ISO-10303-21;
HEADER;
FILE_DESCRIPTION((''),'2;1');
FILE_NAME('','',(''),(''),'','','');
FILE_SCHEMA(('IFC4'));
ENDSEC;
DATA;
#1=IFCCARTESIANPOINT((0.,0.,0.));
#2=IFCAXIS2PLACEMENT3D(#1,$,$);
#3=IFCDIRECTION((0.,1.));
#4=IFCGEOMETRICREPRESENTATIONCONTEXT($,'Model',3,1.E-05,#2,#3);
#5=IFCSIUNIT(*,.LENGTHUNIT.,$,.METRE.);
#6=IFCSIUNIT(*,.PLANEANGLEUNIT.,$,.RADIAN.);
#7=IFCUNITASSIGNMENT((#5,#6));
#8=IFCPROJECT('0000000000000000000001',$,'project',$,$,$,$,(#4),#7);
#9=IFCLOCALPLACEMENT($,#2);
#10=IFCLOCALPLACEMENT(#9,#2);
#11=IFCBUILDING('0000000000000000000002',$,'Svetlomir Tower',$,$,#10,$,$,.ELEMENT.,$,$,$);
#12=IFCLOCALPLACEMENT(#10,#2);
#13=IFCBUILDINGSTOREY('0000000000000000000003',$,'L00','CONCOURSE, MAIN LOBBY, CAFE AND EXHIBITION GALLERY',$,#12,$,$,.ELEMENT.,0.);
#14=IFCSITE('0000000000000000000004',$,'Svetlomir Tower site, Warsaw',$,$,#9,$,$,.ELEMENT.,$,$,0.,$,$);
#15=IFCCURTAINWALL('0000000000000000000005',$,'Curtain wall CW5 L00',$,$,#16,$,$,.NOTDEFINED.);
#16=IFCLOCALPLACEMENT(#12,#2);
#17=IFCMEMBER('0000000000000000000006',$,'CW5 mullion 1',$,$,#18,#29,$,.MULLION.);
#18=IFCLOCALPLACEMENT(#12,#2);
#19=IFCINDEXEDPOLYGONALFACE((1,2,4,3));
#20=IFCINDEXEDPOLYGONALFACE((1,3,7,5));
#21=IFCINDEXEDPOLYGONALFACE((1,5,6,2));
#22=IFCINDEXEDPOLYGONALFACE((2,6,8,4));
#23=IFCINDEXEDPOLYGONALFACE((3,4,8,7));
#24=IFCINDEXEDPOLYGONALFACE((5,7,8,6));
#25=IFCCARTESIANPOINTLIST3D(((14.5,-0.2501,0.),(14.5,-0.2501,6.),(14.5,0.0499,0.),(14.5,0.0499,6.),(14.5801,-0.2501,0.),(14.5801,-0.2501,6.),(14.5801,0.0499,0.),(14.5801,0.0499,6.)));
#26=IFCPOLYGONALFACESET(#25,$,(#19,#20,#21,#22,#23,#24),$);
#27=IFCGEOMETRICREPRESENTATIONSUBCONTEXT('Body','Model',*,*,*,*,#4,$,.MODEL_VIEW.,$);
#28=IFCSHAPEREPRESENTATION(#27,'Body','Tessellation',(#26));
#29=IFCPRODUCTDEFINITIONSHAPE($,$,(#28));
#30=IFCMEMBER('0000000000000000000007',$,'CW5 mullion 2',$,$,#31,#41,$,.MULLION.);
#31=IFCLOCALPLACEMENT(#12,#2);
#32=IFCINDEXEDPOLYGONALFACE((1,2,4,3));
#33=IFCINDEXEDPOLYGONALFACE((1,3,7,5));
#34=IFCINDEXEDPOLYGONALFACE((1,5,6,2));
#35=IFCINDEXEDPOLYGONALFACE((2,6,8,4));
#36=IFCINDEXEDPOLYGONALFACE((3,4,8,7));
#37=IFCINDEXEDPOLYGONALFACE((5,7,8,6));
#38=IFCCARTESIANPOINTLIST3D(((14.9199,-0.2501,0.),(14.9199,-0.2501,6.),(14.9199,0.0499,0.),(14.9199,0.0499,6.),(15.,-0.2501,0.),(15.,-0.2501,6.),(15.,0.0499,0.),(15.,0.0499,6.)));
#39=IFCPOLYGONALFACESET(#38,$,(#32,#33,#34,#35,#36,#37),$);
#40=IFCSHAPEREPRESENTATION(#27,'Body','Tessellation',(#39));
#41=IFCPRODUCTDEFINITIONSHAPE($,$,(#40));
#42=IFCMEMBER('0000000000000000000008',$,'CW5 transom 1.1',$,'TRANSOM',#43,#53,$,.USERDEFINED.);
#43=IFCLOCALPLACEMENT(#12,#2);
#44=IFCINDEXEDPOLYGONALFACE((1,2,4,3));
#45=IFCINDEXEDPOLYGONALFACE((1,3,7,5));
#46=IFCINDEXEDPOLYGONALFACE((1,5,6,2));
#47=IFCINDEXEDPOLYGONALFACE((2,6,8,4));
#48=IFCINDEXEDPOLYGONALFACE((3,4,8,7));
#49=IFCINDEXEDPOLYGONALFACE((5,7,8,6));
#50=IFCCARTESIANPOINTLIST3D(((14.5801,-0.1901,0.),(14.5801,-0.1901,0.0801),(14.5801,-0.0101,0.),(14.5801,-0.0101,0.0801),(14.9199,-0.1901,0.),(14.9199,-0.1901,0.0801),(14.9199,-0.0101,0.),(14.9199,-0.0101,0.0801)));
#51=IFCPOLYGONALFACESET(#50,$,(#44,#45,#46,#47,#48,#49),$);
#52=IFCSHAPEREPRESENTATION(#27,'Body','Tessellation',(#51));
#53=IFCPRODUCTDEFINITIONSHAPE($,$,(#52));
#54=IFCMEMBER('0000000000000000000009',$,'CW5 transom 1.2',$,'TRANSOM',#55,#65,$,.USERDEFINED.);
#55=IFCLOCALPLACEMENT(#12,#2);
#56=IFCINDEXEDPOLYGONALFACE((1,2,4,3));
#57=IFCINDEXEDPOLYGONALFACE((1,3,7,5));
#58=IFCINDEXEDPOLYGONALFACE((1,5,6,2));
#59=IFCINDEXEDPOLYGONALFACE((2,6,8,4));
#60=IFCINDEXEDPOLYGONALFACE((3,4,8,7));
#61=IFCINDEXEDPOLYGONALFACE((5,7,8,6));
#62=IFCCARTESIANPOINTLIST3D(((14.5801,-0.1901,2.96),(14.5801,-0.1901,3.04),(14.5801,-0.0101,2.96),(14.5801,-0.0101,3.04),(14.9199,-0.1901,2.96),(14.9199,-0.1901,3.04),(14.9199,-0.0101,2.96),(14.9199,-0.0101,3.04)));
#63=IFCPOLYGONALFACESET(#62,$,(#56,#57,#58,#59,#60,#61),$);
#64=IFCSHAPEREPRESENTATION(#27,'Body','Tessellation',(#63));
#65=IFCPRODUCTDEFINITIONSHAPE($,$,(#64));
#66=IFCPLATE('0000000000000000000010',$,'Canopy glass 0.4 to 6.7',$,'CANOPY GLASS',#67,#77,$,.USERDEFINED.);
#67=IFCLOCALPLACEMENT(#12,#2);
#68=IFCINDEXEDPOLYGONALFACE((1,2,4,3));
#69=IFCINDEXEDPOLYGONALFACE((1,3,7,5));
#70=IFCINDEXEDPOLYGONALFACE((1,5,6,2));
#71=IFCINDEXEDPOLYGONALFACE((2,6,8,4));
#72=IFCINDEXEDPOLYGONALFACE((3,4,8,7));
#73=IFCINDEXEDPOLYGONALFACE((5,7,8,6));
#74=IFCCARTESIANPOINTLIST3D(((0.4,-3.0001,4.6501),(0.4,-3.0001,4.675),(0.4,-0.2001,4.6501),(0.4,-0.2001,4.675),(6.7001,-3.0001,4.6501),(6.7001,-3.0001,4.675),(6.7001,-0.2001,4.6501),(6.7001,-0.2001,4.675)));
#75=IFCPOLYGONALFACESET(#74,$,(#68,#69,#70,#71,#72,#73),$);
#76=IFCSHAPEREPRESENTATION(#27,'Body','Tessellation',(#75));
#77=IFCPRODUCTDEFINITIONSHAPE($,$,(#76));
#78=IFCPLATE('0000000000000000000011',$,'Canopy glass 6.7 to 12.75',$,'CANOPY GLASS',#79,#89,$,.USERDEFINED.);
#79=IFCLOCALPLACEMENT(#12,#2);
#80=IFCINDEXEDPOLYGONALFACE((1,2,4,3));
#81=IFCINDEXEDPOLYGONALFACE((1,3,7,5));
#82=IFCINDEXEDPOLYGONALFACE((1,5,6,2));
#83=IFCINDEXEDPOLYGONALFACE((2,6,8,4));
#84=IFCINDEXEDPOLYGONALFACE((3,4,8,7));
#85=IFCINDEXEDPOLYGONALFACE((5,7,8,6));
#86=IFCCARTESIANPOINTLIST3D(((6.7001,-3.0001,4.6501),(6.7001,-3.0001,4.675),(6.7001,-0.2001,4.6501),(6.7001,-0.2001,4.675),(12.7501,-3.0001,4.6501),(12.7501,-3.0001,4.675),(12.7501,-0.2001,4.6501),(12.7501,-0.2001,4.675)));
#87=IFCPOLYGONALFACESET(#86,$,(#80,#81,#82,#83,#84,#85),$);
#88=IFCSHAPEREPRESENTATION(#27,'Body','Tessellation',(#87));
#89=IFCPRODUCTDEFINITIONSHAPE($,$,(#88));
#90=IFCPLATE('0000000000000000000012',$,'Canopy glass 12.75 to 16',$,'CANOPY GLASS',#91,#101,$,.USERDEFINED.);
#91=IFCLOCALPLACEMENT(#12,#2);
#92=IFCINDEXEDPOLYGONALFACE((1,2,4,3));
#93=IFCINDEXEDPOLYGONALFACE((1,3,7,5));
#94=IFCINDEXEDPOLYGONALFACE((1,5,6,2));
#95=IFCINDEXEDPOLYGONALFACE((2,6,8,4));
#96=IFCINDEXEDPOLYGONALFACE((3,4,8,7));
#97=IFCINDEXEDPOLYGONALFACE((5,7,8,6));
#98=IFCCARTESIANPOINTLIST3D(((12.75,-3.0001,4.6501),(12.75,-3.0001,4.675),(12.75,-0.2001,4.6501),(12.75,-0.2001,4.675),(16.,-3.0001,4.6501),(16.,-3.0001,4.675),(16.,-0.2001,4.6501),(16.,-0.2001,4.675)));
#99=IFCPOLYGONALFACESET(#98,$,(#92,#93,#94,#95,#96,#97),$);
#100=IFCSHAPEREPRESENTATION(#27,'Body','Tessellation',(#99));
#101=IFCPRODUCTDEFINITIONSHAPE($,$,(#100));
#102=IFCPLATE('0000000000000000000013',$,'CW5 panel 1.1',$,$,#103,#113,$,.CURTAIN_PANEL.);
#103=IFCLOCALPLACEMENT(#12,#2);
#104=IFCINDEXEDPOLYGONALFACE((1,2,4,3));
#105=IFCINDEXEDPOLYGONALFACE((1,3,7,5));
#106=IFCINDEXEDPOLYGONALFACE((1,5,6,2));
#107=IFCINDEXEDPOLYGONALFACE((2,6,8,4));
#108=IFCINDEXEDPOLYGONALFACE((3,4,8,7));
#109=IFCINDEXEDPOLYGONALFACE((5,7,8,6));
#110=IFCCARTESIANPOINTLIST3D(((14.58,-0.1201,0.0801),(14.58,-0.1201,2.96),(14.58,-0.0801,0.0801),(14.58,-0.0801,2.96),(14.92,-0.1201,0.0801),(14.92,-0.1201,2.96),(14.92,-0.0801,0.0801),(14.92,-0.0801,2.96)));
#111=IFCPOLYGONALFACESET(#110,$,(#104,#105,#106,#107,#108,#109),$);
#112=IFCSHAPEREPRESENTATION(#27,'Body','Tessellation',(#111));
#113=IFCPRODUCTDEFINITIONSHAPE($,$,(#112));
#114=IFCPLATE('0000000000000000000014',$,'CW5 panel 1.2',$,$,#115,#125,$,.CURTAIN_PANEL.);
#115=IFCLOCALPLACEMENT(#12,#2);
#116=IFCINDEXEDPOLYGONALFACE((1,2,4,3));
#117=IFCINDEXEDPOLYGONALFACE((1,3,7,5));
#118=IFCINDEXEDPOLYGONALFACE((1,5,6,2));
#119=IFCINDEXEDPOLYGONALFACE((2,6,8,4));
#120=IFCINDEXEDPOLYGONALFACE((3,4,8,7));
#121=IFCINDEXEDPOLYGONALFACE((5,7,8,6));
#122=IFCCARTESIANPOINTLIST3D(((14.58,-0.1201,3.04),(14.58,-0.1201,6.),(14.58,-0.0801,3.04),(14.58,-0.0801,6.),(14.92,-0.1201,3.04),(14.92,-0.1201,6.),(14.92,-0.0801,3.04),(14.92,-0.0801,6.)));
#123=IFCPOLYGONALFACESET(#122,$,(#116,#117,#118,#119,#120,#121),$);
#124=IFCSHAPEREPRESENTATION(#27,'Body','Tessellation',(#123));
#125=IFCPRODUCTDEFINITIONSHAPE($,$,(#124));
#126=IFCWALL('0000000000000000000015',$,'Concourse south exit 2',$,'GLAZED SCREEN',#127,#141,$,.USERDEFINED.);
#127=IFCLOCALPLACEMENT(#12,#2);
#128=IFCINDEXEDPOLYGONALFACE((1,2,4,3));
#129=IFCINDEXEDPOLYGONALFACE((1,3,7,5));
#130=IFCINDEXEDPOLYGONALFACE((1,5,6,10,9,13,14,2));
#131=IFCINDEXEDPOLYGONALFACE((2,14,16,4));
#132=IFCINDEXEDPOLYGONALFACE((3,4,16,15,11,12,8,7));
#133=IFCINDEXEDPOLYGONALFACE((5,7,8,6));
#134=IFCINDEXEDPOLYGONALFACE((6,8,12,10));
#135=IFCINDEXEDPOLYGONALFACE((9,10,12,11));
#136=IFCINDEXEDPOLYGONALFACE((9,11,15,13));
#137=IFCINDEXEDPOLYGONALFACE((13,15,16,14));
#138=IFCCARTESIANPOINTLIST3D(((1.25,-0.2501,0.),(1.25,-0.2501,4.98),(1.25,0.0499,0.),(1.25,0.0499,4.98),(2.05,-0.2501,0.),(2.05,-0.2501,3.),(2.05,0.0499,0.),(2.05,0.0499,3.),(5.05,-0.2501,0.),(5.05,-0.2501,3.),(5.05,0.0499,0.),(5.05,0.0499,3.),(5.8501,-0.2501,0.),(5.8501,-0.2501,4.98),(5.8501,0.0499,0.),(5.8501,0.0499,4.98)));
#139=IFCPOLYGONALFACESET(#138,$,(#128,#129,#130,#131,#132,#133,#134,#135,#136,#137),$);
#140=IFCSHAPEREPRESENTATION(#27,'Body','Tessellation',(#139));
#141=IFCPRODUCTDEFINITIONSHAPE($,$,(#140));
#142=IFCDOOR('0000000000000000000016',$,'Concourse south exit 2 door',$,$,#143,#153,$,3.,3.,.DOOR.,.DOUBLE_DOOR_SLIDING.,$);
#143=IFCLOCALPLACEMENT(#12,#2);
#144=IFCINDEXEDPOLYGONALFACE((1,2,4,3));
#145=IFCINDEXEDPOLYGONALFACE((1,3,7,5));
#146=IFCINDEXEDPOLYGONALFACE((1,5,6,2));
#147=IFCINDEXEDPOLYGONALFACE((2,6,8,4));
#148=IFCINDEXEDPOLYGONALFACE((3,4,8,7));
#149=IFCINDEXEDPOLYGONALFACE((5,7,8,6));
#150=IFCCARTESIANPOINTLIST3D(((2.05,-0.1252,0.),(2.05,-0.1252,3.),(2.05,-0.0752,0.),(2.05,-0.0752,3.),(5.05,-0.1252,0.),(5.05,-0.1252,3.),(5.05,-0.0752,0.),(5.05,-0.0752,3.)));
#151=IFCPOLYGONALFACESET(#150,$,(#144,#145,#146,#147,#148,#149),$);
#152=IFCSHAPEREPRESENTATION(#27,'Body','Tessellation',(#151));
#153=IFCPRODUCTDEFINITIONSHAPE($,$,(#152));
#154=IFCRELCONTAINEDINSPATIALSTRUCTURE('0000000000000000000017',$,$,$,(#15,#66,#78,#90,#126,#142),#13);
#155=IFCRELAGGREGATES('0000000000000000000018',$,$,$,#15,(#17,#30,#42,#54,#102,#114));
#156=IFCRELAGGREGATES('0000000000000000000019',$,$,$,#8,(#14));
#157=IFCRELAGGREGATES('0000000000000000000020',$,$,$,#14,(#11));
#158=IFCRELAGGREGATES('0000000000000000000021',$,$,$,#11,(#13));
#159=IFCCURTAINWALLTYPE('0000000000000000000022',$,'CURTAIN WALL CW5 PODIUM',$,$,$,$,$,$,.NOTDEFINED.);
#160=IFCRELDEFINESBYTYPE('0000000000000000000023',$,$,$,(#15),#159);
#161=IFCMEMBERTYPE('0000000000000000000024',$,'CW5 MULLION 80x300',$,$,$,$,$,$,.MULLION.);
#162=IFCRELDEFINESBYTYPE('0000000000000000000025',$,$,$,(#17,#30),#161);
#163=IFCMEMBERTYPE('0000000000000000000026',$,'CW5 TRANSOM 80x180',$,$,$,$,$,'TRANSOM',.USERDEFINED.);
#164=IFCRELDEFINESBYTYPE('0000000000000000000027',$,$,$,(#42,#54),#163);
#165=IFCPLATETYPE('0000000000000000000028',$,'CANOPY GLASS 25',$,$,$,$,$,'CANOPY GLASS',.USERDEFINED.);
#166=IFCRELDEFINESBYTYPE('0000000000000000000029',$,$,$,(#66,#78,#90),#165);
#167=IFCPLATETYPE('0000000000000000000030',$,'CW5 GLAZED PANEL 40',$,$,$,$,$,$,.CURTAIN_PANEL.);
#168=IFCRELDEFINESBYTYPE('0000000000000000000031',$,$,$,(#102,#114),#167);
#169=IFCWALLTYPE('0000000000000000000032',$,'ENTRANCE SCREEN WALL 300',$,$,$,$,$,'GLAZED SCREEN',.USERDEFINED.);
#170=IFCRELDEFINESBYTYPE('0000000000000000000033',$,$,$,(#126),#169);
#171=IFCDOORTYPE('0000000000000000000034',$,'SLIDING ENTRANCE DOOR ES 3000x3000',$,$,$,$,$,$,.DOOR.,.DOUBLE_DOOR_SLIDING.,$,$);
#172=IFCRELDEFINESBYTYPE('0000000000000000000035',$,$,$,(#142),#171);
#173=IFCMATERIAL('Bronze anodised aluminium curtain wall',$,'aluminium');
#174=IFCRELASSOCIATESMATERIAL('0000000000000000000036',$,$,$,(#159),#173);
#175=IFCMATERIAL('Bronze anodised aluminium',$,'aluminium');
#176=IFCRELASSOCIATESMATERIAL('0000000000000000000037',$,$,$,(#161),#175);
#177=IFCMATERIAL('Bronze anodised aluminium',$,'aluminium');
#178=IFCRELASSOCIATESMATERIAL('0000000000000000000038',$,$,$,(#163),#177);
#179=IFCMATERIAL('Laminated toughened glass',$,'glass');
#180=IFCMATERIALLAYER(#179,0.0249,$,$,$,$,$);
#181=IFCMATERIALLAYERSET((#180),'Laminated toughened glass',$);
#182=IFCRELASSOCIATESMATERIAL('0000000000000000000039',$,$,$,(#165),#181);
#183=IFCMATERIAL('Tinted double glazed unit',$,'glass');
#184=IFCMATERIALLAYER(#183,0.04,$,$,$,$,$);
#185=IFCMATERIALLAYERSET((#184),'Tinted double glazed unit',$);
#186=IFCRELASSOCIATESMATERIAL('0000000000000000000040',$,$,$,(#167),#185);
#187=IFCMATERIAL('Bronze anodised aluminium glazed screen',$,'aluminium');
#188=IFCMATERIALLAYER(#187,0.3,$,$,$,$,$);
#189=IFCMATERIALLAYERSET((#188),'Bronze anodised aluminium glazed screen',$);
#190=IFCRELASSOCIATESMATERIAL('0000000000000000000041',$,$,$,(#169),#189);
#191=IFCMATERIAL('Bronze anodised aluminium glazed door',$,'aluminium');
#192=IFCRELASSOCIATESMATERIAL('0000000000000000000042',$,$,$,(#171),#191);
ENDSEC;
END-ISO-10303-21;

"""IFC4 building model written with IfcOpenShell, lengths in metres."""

from ifc_helpers import new_model, si_unit, direction, frame, frame_2d, origin, origin_2d, place, context, subcontext, project, spatial, rectangle, extrude, material, layer, layer_set, material_profile, profile_set, type_object, element, fill, aggregate, save


model = new_model("IFC4")

# Units and contexts
model_context = context("Model", 3, precision=1e-05, world=origin(), true_north=direction((0.0, 1.0)))
body_context = subcontext(model_context, "Body", "Model", "MODEL_VIEW")
ifc_project = project(units=[si_unit("LENGTHUNIT", "METRE"), si_unit("PLANEANGLEUNIT", "RADIAN")], contexts=[model_context])

# Site, building, storey
site_placement = place(None, origin())
site = spatial("IfcSite", under=ifc_project, at=site_placement, Name="Svetlomir Tower site, Warsaw", CompositionType="ELEMENT", RefElevation=0.0)
building_placement = place(site_placement, origin())
building = spatial("IfcBuilding", under=site, at=building_placement, Name="Svetlomir Tower", CompositionType="ELEMENT")
storey_placement = place(building_placement, origin())
storey = spatial("IfcBuildingStorey", under=building, at=storey_placement, Name="L00", Description="CONCOURSE, MAIN LOBBY, CAFE AND EXHIBITION GALLERY", CompositionType="ELEMENT", Elevation=0.0)

# Curtain wall, members
ifc_material_1 = material(Name="Bronze anodised aluminium curtain wall", Category="aluminium")
curtain_wall_type = type_object("IfcCurtainWallType", Name="CURTAIN WALL CW5 PODIUM", PredefinedType="NOTDEFINED", material=ifc_material_1)
curtain_wall_placement = place(storey_placement, origin())
curtain_wall = element("IfcCurtainWall", 1, at=curtain_wall_placement, inside=storey, type_object=curtain_wall_type, Name="Curtain wall CW5 L00", PredefinedType="NOTDEFINED")
ifc_material_2 = material(Name="Bronze anodised aluminium", Category="aluminium")
ifc_material_profile_1 = material_profile(ifc_material_2, rectangle(XDim=0.0801, YDim=0.3, at=origin_2d()), Name="AL 80x300")
ifc_profile_set_1 = profile_set([ifc_material_profile_1], Name="Bronze anodised aluminium 6063-T6")
member_type_1 = type_object("IfcMemberType", Name="CW5 MULLION 80x300", PredefinedType="MULLION", material=ifc_profile_set_1)
member_1_placement = place(storey_placement, frame((14.54, -0.1001, 0.0), z_axis=(0.0, 0.0, 1.0), x_axis=(1.0, 0.0, 0.0)))
member_1 = element("IfcMember", 2, at=member_1_placement, type_object=member_type_1, Name="CW5 mullion 1", PredefinedType="MULLION", context=body_context, shape_type="SweptSolid", body=[
    extrude(rectangle(XDim=0.0801, YDim=0.3, at=origin_2d()), origin(), (0.0, 0.0, 1.0), 6.0),
])
member_2_placement = place(storey_placement, frame((14.96, -0.1001, 0.0), z_axis=(0.0, 0.0, 1.0), x_axis=(1.0, 0.0, 0.0)))
member_2 = element("IfcMember", 3, at=member_2_placement, type_object=member_type_1, Name="CW5 mullion 2", PredefinedType="MULLION", context=body_context, shape_type="SweptSolid", body=[
    extrude(rectangle(XDim=0.0801, YDim=0.3, at=origin_2d()), origin(), (0.0, 0.0, 1.0), 6.0),
])
ifc_material_3 = material(Name="Bronze anodised aluminium", Category="aluminium")
ifc_material_profile_2 = material_profile(ifc_material_3, rectangle(XDim=0.1799, YDim=0.0801, at=origin_2d()), Name="AL 180x80")
ifc_profile_set_2 = profile_set([ifc_material_profile_2], Name="Bronze anodised aluminium 6063-T6")
member_type_2 = type_object("IfcMemberType", Name="CW5 TRANSOM 80x180", ElementType="TRANSOM", PredefinedType="USERDEFINED", material=ifc_profile_set_2)
member_3_placement = place(storey_placement, frame((14.5801, -0.1001, 0.04), z_axis=(1.0, 0.0, 0.0), x_axis=(0.0, 1.0, 0.0)))
member_3 = element("IfcMember", 4, at=member_3_placement, type_object=member_type_2, Name="CW5 transom 1.1", ObjectType="TRANSOM", PredefinedType="USERDEFINED", context=body_context, shape_type="SweptSolid", body=[
    extrude(rectangle(XDim=0.1799, YDim=0.0801, at=origin_2d()), origin(), (0.0, 0.0, 1.0), 0.3398),
])
member_4_placement = place(storey_placement, frame((14.5801, -0.1001, 3.0), z_axis=(1.0, 0.0, 0.0), x_axis=(0.0, 1.0, 0.0)))
member_4 = element("IfcMember", 5, at=member_4_placement, type_object=member_type_2, Name="CW5 transom 1.2", ObjectType="TRANSOM", PredefinedType="USERDEFINED", context=body_context, shape_type="SweptSolid", body=[
    extrude(rectangle(XDim=0.1799, YDim=0.0801, at=origin_2d()), origin(), (0.0, 0.0, 1.0), 0.3398),
])

# Plates
ifc_material_4 = material(Name="Laminated toughened glass", Category="glass")
ifc_layer_1 = layer(ifc_material_4, 0.0249)
ifc_layer_set_1 = layer_set([ifc_layer_1], Name="Laminated toughened glass")
plate_type_1 = type_object("IfcPlateType", Name="CANOPY GLASS 25", ElementType="CANOPY GLASS", PredefinedType="USERDEFINED", material=ifc_layer_set_1)
plate_1_placement = place(storey_placement, frame((3.55, -1.6001, 4.6501), z_axis=(0.0, 0.0, 1.0), x_axis=(1.0, 0.0, 0.0)))
element("IfcPlate", 6, at=plate_1_placement, inside=storey, type_object=plate_type_1, Name="Canopy glass 0.4 to 6.7", ObjectType="CANOPY GLASS", PredefinedType="USERDEFINED", context=body_context, shape_type="SweptSolid", body=[
    extrude(rectangle(XDim=6.3, YDim=2.8, at=origin_2d()), origin(), (0.0, 0.0, 1.0), 0.0249),
])
plate_2_placement = place(storey_placement, frame((9.7251, -1.6001, 4.6501), z_axis=(0.0, 0.0, 1.0), x_axis=(1.0, 0.0, 0.0)))
element("IfcPlate", 7, at=plate_2_placement, inside=storey, type_object=plate_type_1, Name="Canopy glass 6.7 to 12.75", ObjectType="CANOPY GLASS", PredefinedType="USERDEFINED", context=body_context, shape_type="SweptSolid", body=[
    extrude(rectangle(XDim=6.05, YDim=2.8, at=origin_2d()), origin(), (0.0, 0.0, 1.0), 0.0249),
])
plate_3_placement = place(storey_placement, frame((14.375, -1.6001, 4.6501), z_axis=(0.0, 0.0, 1.0), x_axis=(1.0, 0.0, 0.0)))
element("IfcPlate", 8, at=plate_3_placement, inside=storey, type_object=plate_type_1, Name="Canopy glass 12.75 to 16", ObjectType="CANOPY GLASS", PredefinedType="USERDEFINED", context=body_context, shape_type="SweptSolid", body=[
    extrude(rectangle(XDim=3.25, YDim=2.8, at=origin_2d()), origin(), (0.0, 0.0, 1.0), 0.0249),
])

# Plates
ifc_material_5 = material(Name="Tinted double glazed unit", Category="glass")
ifc_layer_2 = layer(ifc_material_5, 0.04)
ifc_layer_set_2 = layer_set([ifc_layer_2], Name="Tinted double glazed unit")
plate_type_2 = type_object("IfcPlateType", Name="CW5 GLAZED PANEL 40", PredefinedType="CURTAIN_PANEL", material=ifc_layer_set_2)
plate_4_placement = place(storey_placement, frame((14.75, -0.1001, 0.0801), z_axis=(0.0, 0.0, 1.0), x_axis=(1.0, 0.0, 0.0)))
plate_4 = element("IfcPlate", 9, at=plate_4_placement, type_object=plate_type_2, Name="CW5 panel 1.1", PredefinedType="CURTAIN_PANEL", context=body_context, shape_type="SweptSolid", body=[
    extrude(rectangle(XDim=0.3401, YDim=0.04, at=origin_2d()), origin(), (0.0, 0.0, 1.0), 2.8799),
])
plate_5_placement = place(storey_placement, frame((14.75, -0.1001, 3.04), z_axis=(0.0, 0.0, 1.0), x_axis=(1.0, 0.0, 0.0)))
plate_5 = element("IfcPlate", 10, at=plate_5_placement, type_object=plate_type_2, Name="CW5 panel 1.2", PredefinedType="CURTAIN_PANEL", context=body_context, shape_type="SweptSolid", body=[
    extrude(rectangle(XDim=0.3401, YDim=0.04, at=origin_2d()), origin(), (0.0, 0.0, 1.0), 2.96),
])
aggregate(curtain_wall, [member_1, member_2, member_3, member_4, plate_4, plate_5])

# Wall, opening, door
ifc_material_6 = material(Name="Bronze anodised aluminium glazed screen", Category="aluminium")
ifc_layer_3 = layer(ifc_material_6, 0.3)
ifc_layer_set_3 = layer_set([ifc_layer_3], Name="Bronze anodised aluminium glazed screen")
wall_type = type_object("IfcWallType", Name="ENTRANCE SCREEN WALL 300", ElementType="GLAZED SCREEN", PredefinedType="USERDEFINED", material=ifc_layer_set_3)
wall_1_placement = place(storey_placement, frame((1.25, -0.1001, 0.0), z_axis=(0.0, 0.0, 1.0), x_axis=(1.0, 0.0, 0.0)))
wall_1 = element("IfcWall", 11, at=wall_1_placement, inside=storey, type_object=wall_type, Name="Concourse south exit 2", ObjectType="GLAZED SCREEN", PredefinedType="USERDEFINED", context=body_context, shape_type="SweptSolid", body=[
    extrude(rectangle(XDim=4.6001, YDim=0.3, at=frame_2d((2.3, 0.0))), origin(), (0.0, 0.0, 1.0), 4.98),
])
opening_1_placement = place(wall_1_placement, frame((0.8, 0.0, 0.0)))
opening_1 = element("IfcOpeningElement", 12, at=opening_1_placement, cuts=wall_1, PredefinedType="OPENING", context=body_context, shape_type="SweptSolid", body=[
    extrude(rectangle(XDim=3.0, YDim=3.0, at=frame_2d((1.5, 1.5))), frame((0.0, 0.1602, 0.0), z_axis=(0.0, -1.0, 0.0), x_axis=(1.0, 0.0, 0.0)), (0.0, 0.0, 1.0), 0.3201),
])
ifc_material_7 = material(Name="Bronze anodised aluminium glazed door", Category="aluminium")
door_type_1 = type_object("IfcDoorType", Name="SLIDING ENTRANCE DOOR ES 3000x3000", OperationType="DOUBLE_DOOR_SLIDING", PredefinedType="DOOR", material=ifc_material_7)
door_1_placement = place(opening_1_placement, origin())
door_1 = element("IfcDoor", 13, at=door_1_placement, inside=storey, type_object=door_type_1, Name="Concourse south exit 2 door", OperationType="DOUBLE_DOOR_SLIDING", OverallHeight=3.0, OverallWidth=3.0, PredefinedType="DOOR", context=body_context, shape_type="SweptSolid", body=[
    extrude(rectangle(XDim=3.0, YDim=3.0, at=frame_2d((1.5, 1.5))), frame((0.0, 0.0249, 0.0), z_axis=(0.0, -1.0, 0.0), x_axis=(1.0, 0.0, 0.0)), (0.0, 0.0, 1.0), 0.05),
])
fill(opening_1, door_1)

save(model, "model.ifc")
